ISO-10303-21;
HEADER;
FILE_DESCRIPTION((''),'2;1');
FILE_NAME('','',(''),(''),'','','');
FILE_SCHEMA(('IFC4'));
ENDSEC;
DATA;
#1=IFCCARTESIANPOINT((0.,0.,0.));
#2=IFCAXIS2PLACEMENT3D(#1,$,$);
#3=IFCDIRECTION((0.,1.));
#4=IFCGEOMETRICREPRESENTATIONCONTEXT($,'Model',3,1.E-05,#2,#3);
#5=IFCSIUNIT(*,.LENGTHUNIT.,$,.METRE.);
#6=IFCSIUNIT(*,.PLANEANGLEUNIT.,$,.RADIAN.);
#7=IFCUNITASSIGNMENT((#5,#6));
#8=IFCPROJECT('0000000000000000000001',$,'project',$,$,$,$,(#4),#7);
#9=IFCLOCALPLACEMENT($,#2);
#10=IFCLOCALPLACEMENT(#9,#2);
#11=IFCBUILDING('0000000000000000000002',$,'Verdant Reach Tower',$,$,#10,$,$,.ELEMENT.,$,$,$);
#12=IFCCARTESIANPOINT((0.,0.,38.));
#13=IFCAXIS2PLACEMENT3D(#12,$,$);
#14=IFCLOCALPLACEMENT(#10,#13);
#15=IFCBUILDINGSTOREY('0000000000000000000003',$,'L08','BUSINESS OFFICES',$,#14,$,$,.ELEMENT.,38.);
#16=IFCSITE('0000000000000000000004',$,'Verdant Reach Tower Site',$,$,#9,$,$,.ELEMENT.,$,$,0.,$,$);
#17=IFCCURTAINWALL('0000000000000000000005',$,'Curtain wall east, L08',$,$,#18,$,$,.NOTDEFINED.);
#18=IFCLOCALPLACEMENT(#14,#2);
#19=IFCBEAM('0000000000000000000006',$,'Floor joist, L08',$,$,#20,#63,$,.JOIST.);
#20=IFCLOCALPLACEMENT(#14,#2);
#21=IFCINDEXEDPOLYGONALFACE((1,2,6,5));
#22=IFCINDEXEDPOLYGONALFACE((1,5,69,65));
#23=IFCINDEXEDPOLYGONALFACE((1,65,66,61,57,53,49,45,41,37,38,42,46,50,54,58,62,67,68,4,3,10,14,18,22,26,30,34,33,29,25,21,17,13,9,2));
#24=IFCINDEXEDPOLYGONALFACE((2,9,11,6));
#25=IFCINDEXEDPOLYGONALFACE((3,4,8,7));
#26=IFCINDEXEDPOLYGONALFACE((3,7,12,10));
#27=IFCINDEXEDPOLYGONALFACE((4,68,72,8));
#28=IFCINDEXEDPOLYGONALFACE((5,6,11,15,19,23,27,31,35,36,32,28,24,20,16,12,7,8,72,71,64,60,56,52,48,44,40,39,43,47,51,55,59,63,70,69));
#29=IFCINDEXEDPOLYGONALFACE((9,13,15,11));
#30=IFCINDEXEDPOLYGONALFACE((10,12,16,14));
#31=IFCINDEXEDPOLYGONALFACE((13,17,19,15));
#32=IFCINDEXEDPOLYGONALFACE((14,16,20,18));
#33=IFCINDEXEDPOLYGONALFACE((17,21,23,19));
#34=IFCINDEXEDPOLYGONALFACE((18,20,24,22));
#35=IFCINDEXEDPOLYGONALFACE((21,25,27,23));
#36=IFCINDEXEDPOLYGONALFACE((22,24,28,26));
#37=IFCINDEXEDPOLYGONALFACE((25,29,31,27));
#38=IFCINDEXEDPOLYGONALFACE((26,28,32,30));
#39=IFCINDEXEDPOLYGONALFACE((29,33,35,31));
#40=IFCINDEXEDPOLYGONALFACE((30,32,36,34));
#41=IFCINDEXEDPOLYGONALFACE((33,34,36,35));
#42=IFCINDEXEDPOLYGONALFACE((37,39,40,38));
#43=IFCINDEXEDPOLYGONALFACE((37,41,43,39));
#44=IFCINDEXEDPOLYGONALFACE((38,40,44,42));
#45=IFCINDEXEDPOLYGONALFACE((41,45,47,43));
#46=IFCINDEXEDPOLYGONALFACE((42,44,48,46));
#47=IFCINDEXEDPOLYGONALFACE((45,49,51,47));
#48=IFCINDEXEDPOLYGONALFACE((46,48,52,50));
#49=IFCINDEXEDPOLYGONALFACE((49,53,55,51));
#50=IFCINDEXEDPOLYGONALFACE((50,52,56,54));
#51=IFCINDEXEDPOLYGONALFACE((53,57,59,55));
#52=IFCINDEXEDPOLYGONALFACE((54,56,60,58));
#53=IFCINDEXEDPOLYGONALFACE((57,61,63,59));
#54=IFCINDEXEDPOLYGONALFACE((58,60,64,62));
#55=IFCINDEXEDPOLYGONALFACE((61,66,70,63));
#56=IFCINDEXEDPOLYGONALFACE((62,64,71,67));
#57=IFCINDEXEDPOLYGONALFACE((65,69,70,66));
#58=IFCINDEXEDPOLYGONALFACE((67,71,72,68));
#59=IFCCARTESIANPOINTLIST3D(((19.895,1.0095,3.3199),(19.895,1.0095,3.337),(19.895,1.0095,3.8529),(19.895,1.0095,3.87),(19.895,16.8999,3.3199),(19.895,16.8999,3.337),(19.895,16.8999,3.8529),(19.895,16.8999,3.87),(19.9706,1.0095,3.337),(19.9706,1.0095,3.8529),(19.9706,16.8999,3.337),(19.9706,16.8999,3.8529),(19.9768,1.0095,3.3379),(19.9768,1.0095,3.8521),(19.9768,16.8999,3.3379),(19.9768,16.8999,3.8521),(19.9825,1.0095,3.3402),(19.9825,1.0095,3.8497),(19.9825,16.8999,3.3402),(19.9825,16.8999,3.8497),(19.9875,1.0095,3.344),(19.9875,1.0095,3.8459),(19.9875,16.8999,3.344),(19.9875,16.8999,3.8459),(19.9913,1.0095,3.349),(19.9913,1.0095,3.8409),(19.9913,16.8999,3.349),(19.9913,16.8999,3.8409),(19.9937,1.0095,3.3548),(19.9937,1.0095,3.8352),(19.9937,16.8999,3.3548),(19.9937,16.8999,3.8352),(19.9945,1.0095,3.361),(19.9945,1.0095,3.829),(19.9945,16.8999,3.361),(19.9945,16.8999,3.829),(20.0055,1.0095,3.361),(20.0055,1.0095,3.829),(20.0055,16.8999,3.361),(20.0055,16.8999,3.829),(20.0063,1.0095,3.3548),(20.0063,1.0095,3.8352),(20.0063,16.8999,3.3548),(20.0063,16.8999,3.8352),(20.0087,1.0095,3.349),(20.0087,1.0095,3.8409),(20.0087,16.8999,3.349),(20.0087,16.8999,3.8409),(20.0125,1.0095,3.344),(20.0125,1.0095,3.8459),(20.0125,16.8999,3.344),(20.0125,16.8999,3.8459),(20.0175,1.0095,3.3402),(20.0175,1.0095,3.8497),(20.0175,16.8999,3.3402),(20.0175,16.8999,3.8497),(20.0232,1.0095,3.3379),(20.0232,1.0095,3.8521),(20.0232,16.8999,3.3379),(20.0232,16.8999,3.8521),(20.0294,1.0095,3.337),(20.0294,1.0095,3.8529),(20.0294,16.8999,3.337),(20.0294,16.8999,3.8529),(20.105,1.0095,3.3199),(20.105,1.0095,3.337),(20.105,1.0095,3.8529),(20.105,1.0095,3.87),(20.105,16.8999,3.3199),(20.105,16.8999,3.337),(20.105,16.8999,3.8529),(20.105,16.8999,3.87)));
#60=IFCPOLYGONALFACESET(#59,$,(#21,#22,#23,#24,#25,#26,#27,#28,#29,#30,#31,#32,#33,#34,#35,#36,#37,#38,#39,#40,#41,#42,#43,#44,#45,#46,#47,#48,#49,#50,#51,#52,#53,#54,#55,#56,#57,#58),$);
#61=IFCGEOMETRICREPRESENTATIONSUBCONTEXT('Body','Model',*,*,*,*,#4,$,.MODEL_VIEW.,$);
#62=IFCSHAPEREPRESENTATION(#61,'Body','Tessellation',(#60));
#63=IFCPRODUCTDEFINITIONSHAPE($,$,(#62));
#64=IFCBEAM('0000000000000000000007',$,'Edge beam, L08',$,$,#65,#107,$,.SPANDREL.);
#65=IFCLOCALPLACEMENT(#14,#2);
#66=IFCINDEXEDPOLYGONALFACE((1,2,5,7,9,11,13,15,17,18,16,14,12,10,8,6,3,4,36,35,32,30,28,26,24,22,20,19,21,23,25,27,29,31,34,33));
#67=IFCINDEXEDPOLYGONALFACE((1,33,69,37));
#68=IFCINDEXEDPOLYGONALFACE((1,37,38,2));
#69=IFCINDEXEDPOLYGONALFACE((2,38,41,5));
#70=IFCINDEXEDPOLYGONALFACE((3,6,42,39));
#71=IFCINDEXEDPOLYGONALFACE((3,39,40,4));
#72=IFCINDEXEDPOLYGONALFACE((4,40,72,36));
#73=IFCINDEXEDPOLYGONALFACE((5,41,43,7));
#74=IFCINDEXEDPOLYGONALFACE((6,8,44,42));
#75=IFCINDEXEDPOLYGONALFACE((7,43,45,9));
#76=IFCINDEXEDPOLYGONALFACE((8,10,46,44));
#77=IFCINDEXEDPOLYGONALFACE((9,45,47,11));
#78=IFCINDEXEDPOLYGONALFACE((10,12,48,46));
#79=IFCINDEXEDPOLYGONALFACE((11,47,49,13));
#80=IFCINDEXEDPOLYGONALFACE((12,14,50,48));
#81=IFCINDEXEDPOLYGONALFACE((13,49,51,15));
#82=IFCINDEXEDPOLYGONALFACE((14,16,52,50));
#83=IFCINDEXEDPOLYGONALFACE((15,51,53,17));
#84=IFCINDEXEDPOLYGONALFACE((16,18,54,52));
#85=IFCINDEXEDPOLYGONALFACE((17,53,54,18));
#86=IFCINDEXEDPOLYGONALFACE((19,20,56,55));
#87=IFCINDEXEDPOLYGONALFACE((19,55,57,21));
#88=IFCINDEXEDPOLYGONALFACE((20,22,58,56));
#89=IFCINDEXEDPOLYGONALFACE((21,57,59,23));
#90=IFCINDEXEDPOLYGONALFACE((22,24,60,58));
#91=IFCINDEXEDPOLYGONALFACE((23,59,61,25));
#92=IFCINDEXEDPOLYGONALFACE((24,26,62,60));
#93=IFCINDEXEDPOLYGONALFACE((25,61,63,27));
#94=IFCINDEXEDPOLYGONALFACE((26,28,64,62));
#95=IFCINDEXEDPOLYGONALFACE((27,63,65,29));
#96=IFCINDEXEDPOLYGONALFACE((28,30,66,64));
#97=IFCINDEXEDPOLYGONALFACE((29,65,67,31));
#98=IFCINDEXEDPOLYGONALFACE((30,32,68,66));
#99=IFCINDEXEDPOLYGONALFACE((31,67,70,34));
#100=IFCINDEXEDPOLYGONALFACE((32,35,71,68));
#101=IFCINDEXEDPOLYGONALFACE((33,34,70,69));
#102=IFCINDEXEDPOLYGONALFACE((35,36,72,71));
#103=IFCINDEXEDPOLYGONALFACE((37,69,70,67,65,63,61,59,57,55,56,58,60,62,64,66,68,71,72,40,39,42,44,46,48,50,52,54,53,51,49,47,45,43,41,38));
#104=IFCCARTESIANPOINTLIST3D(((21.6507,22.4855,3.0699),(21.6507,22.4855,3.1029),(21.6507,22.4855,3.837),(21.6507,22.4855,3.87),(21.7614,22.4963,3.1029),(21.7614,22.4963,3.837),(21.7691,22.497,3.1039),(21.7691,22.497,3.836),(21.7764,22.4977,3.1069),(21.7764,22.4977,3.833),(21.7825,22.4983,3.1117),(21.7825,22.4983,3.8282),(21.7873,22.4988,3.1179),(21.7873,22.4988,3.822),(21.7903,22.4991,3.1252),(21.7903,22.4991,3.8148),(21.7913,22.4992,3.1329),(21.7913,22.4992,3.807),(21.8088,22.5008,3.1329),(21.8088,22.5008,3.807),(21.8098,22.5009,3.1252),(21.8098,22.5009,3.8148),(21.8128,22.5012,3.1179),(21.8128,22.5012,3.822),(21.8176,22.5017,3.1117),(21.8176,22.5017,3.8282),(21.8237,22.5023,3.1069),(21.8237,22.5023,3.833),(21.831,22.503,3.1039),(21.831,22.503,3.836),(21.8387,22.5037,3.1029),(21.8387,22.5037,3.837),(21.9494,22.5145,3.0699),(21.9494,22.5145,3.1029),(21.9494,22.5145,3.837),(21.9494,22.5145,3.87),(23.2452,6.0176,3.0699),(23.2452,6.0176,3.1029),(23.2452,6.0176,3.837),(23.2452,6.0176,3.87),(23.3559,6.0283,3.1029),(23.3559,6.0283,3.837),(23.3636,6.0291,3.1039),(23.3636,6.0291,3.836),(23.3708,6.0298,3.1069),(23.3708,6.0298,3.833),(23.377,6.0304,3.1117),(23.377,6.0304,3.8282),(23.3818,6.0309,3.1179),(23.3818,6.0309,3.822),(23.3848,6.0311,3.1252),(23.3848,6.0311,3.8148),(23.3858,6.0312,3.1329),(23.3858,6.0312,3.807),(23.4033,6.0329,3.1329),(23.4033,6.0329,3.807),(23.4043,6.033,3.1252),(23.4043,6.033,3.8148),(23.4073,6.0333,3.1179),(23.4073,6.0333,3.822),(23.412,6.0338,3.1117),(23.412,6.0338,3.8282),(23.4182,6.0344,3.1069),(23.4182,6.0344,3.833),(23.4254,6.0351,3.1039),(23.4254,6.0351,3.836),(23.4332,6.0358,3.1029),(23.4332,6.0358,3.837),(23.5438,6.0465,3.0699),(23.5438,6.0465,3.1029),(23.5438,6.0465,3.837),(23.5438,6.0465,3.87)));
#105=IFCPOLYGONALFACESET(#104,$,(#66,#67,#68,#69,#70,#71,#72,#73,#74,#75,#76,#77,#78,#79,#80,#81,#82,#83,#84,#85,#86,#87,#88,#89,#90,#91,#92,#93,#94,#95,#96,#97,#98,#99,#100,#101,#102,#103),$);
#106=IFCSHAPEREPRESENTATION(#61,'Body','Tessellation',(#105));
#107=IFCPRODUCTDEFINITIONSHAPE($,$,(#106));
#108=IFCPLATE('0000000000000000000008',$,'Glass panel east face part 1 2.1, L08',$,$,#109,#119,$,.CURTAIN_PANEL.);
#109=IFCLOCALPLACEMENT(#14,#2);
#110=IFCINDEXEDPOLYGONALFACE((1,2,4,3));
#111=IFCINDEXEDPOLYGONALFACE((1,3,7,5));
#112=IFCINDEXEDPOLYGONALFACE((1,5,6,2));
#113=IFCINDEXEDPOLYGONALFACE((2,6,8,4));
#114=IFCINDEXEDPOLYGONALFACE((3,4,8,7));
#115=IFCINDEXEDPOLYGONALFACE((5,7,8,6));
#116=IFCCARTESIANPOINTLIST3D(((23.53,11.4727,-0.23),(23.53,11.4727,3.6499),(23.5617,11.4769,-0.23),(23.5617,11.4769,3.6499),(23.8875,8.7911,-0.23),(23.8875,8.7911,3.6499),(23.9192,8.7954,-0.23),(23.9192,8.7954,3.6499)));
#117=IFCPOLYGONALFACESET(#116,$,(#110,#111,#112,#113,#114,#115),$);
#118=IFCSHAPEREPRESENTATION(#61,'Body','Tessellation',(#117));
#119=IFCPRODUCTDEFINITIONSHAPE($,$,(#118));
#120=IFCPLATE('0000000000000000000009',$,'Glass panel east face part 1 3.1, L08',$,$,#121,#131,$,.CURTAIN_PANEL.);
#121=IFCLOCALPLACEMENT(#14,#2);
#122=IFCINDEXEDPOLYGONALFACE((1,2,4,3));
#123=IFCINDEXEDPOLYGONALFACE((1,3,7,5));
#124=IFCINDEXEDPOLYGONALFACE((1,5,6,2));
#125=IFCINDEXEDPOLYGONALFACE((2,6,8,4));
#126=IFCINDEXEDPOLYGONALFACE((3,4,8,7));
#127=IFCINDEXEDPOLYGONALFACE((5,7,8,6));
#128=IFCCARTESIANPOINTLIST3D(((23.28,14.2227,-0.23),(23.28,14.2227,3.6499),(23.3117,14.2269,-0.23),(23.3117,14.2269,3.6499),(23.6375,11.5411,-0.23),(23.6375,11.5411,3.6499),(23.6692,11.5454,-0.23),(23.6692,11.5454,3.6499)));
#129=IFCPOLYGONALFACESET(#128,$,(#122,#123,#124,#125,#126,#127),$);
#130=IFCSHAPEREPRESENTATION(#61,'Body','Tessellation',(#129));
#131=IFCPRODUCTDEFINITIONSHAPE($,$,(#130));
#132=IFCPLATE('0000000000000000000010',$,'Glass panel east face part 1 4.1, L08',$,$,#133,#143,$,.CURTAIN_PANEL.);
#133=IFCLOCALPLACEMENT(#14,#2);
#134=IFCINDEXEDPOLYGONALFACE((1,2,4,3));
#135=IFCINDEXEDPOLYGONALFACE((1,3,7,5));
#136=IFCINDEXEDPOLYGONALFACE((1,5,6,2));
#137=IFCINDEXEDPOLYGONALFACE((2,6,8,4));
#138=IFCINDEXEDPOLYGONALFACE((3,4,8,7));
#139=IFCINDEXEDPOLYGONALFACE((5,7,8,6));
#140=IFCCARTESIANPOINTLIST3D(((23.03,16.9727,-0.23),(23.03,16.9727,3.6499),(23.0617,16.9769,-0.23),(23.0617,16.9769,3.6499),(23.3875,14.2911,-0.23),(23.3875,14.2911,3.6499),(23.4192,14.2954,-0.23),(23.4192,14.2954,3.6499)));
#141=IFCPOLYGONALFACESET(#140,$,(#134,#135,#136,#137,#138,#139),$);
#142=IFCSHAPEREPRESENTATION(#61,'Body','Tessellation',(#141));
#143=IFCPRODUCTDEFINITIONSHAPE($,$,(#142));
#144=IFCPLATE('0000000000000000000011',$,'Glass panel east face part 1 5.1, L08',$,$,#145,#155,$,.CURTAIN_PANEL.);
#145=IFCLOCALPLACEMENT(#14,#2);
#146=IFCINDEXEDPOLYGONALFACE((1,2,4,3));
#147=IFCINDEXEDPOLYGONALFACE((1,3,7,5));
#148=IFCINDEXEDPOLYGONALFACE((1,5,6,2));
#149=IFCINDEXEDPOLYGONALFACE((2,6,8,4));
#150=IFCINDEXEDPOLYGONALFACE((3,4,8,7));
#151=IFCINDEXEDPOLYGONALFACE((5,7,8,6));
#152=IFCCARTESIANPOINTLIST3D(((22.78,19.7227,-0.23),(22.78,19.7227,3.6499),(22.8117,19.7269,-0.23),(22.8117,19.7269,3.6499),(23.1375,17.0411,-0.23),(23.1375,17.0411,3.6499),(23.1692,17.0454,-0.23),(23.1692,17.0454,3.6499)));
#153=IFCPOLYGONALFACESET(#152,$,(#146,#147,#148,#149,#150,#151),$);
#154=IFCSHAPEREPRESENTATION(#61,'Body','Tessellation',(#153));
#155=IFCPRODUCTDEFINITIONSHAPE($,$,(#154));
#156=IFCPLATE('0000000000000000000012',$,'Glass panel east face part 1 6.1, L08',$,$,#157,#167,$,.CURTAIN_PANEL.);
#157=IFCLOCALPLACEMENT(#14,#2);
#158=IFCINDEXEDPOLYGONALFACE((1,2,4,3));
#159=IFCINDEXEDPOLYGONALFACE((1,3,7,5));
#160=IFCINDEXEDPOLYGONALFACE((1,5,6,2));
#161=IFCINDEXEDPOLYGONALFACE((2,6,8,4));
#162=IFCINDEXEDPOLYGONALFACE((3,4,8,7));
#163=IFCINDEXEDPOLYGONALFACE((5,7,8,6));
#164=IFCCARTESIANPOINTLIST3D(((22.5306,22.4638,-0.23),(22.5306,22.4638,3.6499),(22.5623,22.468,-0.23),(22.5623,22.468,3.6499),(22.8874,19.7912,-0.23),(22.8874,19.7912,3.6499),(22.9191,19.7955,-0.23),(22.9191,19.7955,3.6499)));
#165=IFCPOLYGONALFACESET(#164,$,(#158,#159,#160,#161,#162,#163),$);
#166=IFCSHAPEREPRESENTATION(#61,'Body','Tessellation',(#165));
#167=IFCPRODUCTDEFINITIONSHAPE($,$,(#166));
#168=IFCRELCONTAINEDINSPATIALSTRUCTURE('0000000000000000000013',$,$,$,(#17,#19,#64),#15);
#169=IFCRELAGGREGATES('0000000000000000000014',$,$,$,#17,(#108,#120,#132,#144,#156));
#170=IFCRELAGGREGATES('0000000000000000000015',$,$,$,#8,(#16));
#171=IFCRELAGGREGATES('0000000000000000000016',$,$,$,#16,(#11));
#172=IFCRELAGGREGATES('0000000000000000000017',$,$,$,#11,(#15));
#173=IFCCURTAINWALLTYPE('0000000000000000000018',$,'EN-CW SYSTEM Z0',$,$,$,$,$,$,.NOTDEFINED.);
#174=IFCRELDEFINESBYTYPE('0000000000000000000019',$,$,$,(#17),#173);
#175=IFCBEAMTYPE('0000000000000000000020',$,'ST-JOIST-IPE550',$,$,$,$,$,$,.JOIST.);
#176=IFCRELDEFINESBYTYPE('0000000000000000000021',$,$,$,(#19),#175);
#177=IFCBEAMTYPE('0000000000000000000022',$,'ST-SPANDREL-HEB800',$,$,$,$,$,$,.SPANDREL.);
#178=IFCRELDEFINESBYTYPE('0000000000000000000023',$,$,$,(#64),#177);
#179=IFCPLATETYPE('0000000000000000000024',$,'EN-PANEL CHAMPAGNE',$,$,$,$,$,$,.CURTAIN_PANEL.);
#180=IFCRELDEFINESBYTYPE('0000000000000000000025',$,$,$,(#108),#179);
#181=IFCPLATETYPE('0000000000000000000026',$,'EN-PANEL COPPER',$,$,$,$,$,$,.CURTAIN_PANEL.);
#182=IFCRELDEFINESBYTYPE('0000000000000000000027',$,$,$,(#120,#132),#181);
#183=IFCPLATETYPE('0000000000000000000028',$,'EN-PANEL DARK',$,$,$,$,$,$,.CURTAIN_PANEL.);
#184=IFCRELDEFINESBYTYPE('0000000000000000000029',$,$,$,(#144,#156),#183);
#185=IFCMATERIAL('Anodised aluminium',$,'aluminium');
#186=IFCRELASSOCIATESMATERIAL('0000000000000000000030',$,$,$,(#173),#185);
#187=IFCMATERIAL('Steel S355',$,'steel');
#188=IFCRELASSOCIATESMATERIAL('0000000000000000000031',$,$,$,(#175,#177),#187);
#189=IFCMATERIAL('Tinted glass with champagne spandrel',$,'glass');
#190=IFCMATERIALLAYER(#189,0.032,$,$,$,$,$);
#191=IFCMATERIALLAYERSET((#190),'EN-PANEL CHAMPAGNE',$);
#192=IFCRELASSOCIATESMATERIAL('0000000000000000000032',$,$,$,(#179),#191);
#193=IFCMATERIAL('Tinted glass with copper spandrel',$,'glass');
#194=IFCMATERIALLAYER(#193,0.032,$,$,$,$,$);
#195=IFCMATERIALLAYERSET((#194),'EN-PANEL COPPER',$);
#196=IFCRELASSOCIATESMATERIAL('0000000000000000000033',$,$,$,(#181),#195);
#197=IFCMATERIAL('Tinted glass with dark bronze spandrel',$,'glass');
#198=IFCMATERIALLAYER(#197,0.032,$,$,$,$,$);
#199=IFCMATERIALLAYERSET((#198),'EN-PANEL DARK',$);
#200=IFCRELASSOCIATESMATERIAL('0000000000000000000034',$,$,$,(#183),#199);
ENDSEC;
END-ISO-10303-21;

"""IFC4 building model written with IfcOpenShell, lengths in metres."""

from ifc_helpers import new_model, si_unit, direction, frame, origin, origin_2d, place, context, subcontext, project, spatial, rectangle, i_section, extrude, material, layer, layer_set, material_profile, profile_set, type_object, element, aggregate, save


model = new_model("IFC4")

# Units and contexts
model_context = context("Model", 3, precision=1e-05, world=origin(), true_north=direction((0.0, 1.0)))
body_context = subcontext(model_context, "Body", "Model", "MODEL_VIEW")
ifc_project = project(units=[si_unit("LENGTHUNIT", "METRE"), si_unit("PLANEANGLEUNIT", "RADIAN")], contexts=[model_context])

# Site, building, storey
site_placement = place(None, origin())
site = spatial("IfcSite", under=ifc_project, at=site_placement, Name="Verdant Reach Tower Site", CompositionType="ELEMENT", RefElevation=0.0)
building_placement = place(site_placement, origin())
building = spatial("IfcBuilding", under=site, at=building_placement, Name="Verdant Reach Tower", CompositionType="ELEMENT")
storey_placement = place(building_placement, frame((0.0, 0.0, 38.0)))
storey = spatial("IfcBuildingStorey", under=building, at=storey_placement, Name="L08", Description="BUSINESS OFFICES", CompositionType="ELEMENT", Elevation=38.0)

# Curtain wall
ifc_material_1 = material(Name="Anodised aluminium", Category="aluminium")
curtain_wall_type = type_object("IfcCurtainWallType", Name="EN-CW SYSTEM Z0", PredefinedType="NOTDEFINED", material=ifc_material_1)
curtain_wall_placement = place(storey_placement, origin())
curtain_wall = element("IfcCurtainWall", 1, at=curtain_wall_placement, inside=storey, type_object=curtain_wall_type, Name="Curtain wall east, L08", PredefinedType="NOTDEFINED")

# Beams
ifc_material_2 = material(Name="Steel S355", Category="steel")
ifc_material_profile_1 = material_profile(ifc_material_2, i_section(OverallWidth=0.21, OverallDepth=0.55, WebThickness=0.011, FlangeThickness=0.0171, FilletRadius=0.0239, at=origin_2d()), Name="IPE 550")
ifc_profile_set_1 = profile_set([ifc_material_profile_1], Name="Steel S355")
beam_type_1 = type_object("IfcBeamType", Name="ST-JOIST-IPE550", PredefinedType="JOIST", material=ifc_profile_set_1)
beam_1_placement = place(storey_placement, frame((20.0, 16.8999, 3.595), z_axis=(0.0, -1.0, 0.0), x_axis=(1.0, 0.0, 0.0)))
element("IfcBeam", 2, at=beam_1_placement, inside=storey, type_object=beam_type_1, Name="Floor joist, L08", PredefinedType="JOIST", context=body_context, shape_type="SweptSolid", body=[
    extrude(i_section(OverallWidth=0.21, OverallDepth=0.55, WebThickness=0.011, FlangeThickness=0.0171, FilletRadius=0.0239, at=origin_2d()), origin(), (0.0, 0.0, 1.0), 15.8904),
])
ifc_material_profile_2 = material_profile(ifc_material_2, i_section(OverallWidth=0.3, OverallDepth=0.8, WebThickness=0.0176, FlangeThickness=0.033, FilletRadius=0.03, at=origin_2d()), Name="HEB 800")
ifc_profile_set_2 = profile_set([ifc_material_profile_2], Name="Steel S355")
beam_type_2 = type_object("IfcBeamType", Name="ST-SPANDREL-HEB800", PredefinedType="SPANDREL", material=ifc_profile_set_2)
beam_2_placement = place(storey_placement, frame((21.8, 22.5, 3.47), z_axis=(0.096372, -0.995345, 0.0), x_axis=(0.995345, 0.096372, 0.0)))
element("IfcBeam", 3, at=beam_2_placement, inside=storey, type_object=beam_type_2, Name="Edge beam, L08", PredefinedType="SPANDREL", context=body_context, shape_type="SweptSolid", body=[
    extrude(i_section(OverallWidth=0.3, OverallDepth=0.8, WebThickness=0.0176, FlangeThickness=0.033, FilletRadius=0.03, at=origin_2d()), origin(), (0.0, 0.0, 1.0), 16.5449),
])

# Plates
ifc_material_3 = material(Name="Tinted glass with champagne spandrel", Category="glass")
ifc_layer_1 = layer(ifc_material_3, 0.032)
ifc_layer_set_1 = layer_set([ifc_layer_1], Name="EN-PANEL CHAMPAGNE")
plate_type_1 = type_object("IfcPlateType", Name="EN-PANEL CHAMPAGNE", PredefinedType="CURTAIN_PANEL", material=ifc_layer_set_1)
plate_1_placement = place(storey_placement, frame((23.7246, 10.134, -0.23), z_axis=(0.0, 0.0, 1.0), x_axis=(-0.13216, 0.991228, 0.0)))
plate_1 = element("IfcPlate", 4, at=plate_1_placement, type_object=plate_type_1, Name="Glass panel east face part 1 2.1, L08", PredefinedType="CURTAIN_PANEL", context=body_context, shape_type="SweptSolid", body=[
    extrude(rectangle(XDim=2.7053, YDim=0.032, at=origin_2d()), origin(), (0.0, 0.0, 1.0), 3.8799),
])
ifc_material_4 = material(Name="Tinted glass with copper spandrel", Category="glass")
ifc_layer_2 = layer(ifc_material_4, 0.032)
ifc_layer_set_2 = layer_set([ifc_layer_2], Name="EN-PANEL COPPER")
plate_type_2 = type_object("IfcPlateType", Name="EN-PANEL COPPER", PredefinedType="CURTAIN_PANEL", material=ifc_layer_set_2)
plate_2_placement = place(storey_placement, frame((23.4746, 12.884, -0.23), z_axis=(0.0, 0.0, 1.0), x_axis=(-0.13216, 0.991228, 0.0)))
plate_2 = element("IfcPlate", 5, at=plate_2_placement, type_object=plate_type_2, Name="Glass panel east face part 1 3.1, L08", PredefinedType="CURTAIN_PANEL", context=body_context, shape_type="SweptSolid", body=[
    extrude(rectangle(XDim=2.7053, YDim=0.032, at=origin_2d()), origin(), (0.0, 0.0, 1.0), 3.8799),
])
plate_3_placement = place(storey_placement, frame((23.2246, 15.634, -0.23), z_axis=(0.0, 0.0, 1.0), x_axis=(-0.13216, 0.991228, 0.0)))
plate_3 = element("IfcPlate", 6, at=plate_3_placement, type_object=plate_type_2, Name="Glass panel east face part 1 4.1, L08", PredefinedType="CURTAIN_PANEL", context=body_context, shape_type="SweptSolid", body=[
    extrude(rectangle(XDim=2.7053, YDim=0.032, at=origin_2d()), origin(), (0.0, 0.0, 1.0), 3.8799),
])
ifc_material_5 = material(Name="Tinted glass with dark bronze spandrel", Category="glass")
ifc_layer_3 = layer(ifc_material_5, 0.032)
ifc_layer_set_3 = layer_set([ifc_layer_3], Name="EN-PANEL DARK")
plate_type_3 = type_object("IfcPlateType", Name="EN-PANEL DARK", PredefinedType="CURTAIN_PANEL", material=ifc_layer_set_3)
plate_4_placement = place(storey_placement, frame((22.9746, 18.384, -0.23), z_axis=(0.0, 0.0, 1.0), x_axis=(-0.13216, 0.991228, 0.0)))
plate_4 = element("IfcPlate", 7, at=plate_4_placement, type_object=plate_type_3, Name="Glass panel east face part 1 5.1, L08", PredefinedType="CURTAIN_PANEL", context=body_context, shape_type="SweptSolid", body=[
    extrude(rectangle(XDim=2.7053, YDim=0.032, at=origin_2d()), origin(), (0.0, 0.0, 1.0), 3.8799),
])
plate_5_placement = place(storey_placement, frame((22.7249, 21.1296, -0.23), z_axis=(0.0, 0.0, 1.0), x_axis=(-0.132308, 0.991209, 0.0)))
plate_5 = element("IfcPlate", 8, at=plate_5_placement, type_object=plate_type_3, Name="Glass panel east face part 1 6.1, L08", PredefinedType="CURTAIN_PANEL", context=body_context, shape_type="SweptSolid", body=[
    extrude(rectangle(XDim=2.6963, YDim=0.032, at=origin_2d()), origin(), (0.0, 0.0, 1.0), 3.8799),
])
aggregate(curtain_wall, [plate_1, plate_2, plate_3, plate_4, plate_5])

save(model, "model.ifc")
